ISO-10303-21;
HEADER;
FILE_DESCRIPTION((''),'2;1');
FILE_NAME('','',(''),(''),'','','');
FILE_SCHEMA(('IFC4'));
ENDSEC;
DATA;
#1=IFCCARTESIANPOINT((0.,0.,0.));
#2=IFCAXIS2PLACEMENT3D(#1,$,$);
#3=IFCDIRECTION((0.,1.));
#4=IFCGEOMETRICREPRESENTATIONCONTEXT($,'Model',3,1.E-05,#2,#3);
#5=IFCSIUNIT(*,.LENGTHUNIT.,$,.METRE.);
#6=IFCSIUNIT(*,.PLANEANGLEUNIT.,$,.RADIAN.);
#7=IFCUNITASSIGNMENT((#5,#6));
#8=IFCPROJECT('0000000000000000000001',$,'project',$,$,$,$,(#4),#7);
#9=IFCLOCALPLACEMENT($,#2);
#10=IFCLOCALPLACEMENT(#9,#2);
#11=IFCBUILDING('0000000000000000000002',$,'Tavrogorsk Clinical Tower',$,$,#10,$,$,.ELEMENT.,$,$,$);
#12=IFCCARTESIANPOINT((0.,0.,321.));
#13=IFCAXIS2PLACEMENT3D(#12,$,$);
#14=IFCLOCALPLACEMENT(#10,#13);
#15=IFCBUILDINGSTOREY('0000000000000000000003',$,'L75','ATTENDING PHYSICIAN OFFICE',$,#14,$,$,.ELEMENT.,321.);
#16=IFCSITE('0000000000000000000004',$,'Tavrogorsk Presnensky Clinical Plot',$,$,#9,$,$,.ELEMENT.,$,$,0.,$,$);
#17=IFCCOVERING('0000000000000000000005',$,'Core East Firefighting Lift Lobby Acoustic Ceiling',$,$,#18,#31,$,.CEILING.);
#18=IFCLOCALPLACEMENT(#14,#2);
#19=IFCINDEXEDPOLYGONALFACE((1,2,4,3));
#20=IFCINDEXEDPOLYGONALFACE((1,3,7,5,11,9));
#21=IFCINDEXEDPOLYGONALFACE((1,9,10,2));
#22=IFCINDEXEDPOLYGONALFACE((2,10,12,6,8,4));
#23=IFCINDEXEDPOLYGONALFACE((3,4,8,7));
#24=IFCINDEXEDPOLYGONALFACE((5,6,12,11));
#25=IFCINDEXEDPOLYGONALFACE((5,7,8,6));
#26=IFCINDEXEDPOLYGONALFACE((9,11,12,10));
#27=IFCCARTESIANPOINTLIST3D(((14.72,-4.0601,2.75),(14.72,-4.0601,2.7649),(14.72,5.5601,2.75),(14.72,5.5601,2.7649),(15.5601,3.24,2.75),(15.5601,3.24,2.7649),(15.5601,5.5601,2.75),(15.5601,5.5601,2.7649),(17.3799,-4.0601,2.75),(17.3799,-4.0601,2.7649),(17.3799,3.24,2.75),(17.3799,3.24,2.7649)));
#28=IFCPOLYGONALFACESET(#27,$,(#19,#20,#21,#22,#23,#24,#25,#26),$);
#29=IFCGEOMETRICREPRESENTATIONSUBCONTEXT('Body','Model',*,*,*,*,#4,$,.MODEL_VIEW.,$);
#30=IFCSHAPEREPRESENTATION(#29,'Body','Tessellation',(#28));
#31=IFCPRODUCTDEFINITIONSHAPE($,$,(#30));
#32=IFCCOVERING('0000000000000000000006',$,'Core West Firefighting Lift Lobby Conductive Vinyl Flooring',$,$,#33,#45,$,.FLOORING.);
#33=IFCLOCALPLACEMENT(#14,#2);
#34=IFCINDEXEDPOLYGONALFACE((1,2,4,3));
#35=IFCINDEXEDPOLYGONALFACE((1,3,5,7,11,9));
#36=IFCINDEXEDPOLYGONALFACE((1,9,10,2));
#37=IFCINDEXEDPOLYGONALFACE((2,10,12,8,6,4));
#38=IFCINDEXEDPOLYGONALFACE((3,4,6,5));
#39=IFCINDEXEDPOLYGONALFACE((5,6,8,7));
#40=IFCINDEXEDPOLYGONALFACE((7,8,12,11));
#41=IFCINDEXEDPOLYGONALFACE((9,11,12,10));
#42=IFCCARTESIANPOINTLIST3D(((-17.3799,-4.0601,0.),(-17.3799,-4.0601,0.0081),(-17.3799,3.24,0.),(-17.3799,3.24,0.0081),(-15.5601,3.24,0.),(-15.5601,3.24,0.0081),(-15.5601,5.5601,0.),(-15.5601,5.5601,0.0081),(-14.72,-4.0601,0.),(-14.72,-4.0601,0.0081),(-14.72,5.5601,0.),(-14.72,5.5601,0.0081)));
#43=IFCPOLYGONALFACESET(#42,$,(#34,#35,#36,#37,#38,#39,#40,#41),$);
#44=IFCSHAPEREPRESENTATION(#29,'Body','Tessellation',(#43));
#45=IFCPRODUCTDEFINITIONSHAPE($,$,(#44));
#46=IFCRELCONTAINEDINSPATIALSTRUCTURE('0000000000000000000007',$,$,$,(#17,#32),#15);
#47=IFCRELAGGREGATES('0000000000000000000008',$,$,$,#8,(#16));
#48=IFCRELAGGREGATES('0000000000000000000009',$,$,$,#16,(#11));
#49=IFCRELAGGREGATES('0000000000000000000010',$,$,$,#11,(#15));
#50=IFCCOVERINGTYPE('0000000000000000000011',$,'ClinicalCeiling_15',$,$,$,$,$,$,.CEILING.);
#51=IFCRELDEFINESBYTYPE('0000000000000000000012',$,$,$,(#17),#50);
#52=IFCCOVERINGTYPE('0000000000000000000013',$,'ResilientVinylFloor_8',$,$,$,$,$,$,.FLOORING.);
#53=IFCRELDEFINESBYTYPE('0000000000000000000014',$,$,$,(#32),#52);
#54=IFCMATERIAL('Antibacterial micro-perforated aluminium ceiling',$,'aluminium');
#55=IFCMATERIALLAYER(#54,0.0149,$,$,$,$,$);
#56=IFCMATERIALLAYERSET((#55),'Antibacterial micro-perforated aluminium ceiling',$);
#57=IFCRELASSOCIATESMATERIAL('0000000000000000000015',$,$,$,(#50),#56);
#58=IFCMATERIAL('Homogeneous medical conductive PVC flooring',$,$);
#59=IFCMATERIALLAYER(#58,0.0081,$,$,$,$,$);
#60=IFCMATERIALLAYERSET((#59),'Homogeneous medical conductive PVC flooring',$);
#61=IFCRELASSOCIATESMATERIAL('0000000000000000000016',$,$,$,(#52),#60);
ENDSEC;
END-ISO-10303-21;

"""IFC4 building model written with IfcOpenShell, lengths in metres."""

from ifc_helpers import new_model, si_unit, direction, frame, origin, place, context, subcontext, project, spatial, polyline, outline, extrude, material, layer, layer_set, type_object, element, save


model = new_model("IFC4")

# Units and contexts
model_context = context("Model", 3, precision=1e-05, world=origin(), true_north=direction((0.0, 1.0)))
body_context = subcontext(model_context, "Body", "Model", "MODEL_VIEW")
ifc_project = project(units=[si_unit("LENGTHUNIT", "METRE"), si_unit("PLANEANGLEUNIT", "RADIAN")], contexts=[model_context])

# Site, building, storey
site_placement = place(None, origin())
site = spatial("IfcSite", under=ifc_project, at=site_placement, Name="Tavrogorsk Presnensky Clinical Plot", CompositionType="ELEMENT", RefElevation=0.0)
building_placement = place(site_placement, origin())
building = spatial("IfcBuilding", under=site, at=building_placement, Name="Tavrogorsk Clinical Tower", CompositionType="ELEMENT")
storey_placement = place(building_placement, frame((0.0, 0.0, 321.0)))
storey = spatial("IfcBuildingStorey", under=building, at=storey_placement, Name="L75", Description="ATTENDING PHYSICIAN OFFICE", CompositionType="ELEMENT", Elevation=321.0)

# Coverings
ifc_material_1 = material(Name="Antibacterial micro-perforated aluminium ceiling", Category="aluminium")
ifc_layer_1 = layer(ifc_material_1, 0.0149)
ifc_layer_set_1 = layer_set([ifc_layer_1], Name="Antibacterial micro-perforated aluminium ceiling")
covering_type_1 = type_object("IfcCoveringType", Name="ClinicalCeiling_15", PredefinedType="CEILING", material=ifc_layer_set_1)
covering_1_placement = place(storey_placement, frame((0.0, 0.0, 2.75)))
element("IfcCovering", 1, at=covering_1_placement, inside=storey, type_object=covering_type_1, Name="Core East Firefighting Lift Lobby Acoustic Ceiling", PredefinedType="CEILING", context=body_context, shape_type="SweptSolid", body=[
    extrude(outline(polyline([(17.3799, -4.0601), (14.72, -4.0601), (14.72, 5.5601), (15.5601, 5.5601), (15.5601, 3.24), (17.3799, 3.24), (17.3799, -4.0601)])), origin(), (0.0, 0.0, 1.0), 0.0149),
])
ifc_material_2 = material(Name="Homogeneous medical conductive PVC flooring")
ifc_layer_2 = layer(ifc_material_2, 0.0081)
ifc_layer_set_2 = layer_set([ifc_layer_2], Name="Homogeneous medical conductive PVC flooring")
covering_type_2 = type_object("IfcCoveringType", Name="ResilientVinylFloor_8", PredefinedType="FLOORING", material=ifc_layer_set_2)
covering_2_placement = place(storey_placement, origin())
element("IfcCovering", 2, at=covering_2_placement, inside=storey, type_object=covering_type_2, Name="Core West Firefighting Lift Lobby Conductive Vinyl Flooring", PredefinedType="FLOORING", context=body_context, shape_type="SweptSolid", body=[
    extrude(outline(polyline([(-14.72, 5.5601), (-14.72, -4.0601), (-17.3799, -4.0601), (-17.3799, 3.24), (-15.5601, 3.24), (-15.5601, 5.5601), (-14.72, 5.5601)])), origin(), (0.0, 0.0, 1.0), 0.0081),
])

save(model, "model.ifc")
